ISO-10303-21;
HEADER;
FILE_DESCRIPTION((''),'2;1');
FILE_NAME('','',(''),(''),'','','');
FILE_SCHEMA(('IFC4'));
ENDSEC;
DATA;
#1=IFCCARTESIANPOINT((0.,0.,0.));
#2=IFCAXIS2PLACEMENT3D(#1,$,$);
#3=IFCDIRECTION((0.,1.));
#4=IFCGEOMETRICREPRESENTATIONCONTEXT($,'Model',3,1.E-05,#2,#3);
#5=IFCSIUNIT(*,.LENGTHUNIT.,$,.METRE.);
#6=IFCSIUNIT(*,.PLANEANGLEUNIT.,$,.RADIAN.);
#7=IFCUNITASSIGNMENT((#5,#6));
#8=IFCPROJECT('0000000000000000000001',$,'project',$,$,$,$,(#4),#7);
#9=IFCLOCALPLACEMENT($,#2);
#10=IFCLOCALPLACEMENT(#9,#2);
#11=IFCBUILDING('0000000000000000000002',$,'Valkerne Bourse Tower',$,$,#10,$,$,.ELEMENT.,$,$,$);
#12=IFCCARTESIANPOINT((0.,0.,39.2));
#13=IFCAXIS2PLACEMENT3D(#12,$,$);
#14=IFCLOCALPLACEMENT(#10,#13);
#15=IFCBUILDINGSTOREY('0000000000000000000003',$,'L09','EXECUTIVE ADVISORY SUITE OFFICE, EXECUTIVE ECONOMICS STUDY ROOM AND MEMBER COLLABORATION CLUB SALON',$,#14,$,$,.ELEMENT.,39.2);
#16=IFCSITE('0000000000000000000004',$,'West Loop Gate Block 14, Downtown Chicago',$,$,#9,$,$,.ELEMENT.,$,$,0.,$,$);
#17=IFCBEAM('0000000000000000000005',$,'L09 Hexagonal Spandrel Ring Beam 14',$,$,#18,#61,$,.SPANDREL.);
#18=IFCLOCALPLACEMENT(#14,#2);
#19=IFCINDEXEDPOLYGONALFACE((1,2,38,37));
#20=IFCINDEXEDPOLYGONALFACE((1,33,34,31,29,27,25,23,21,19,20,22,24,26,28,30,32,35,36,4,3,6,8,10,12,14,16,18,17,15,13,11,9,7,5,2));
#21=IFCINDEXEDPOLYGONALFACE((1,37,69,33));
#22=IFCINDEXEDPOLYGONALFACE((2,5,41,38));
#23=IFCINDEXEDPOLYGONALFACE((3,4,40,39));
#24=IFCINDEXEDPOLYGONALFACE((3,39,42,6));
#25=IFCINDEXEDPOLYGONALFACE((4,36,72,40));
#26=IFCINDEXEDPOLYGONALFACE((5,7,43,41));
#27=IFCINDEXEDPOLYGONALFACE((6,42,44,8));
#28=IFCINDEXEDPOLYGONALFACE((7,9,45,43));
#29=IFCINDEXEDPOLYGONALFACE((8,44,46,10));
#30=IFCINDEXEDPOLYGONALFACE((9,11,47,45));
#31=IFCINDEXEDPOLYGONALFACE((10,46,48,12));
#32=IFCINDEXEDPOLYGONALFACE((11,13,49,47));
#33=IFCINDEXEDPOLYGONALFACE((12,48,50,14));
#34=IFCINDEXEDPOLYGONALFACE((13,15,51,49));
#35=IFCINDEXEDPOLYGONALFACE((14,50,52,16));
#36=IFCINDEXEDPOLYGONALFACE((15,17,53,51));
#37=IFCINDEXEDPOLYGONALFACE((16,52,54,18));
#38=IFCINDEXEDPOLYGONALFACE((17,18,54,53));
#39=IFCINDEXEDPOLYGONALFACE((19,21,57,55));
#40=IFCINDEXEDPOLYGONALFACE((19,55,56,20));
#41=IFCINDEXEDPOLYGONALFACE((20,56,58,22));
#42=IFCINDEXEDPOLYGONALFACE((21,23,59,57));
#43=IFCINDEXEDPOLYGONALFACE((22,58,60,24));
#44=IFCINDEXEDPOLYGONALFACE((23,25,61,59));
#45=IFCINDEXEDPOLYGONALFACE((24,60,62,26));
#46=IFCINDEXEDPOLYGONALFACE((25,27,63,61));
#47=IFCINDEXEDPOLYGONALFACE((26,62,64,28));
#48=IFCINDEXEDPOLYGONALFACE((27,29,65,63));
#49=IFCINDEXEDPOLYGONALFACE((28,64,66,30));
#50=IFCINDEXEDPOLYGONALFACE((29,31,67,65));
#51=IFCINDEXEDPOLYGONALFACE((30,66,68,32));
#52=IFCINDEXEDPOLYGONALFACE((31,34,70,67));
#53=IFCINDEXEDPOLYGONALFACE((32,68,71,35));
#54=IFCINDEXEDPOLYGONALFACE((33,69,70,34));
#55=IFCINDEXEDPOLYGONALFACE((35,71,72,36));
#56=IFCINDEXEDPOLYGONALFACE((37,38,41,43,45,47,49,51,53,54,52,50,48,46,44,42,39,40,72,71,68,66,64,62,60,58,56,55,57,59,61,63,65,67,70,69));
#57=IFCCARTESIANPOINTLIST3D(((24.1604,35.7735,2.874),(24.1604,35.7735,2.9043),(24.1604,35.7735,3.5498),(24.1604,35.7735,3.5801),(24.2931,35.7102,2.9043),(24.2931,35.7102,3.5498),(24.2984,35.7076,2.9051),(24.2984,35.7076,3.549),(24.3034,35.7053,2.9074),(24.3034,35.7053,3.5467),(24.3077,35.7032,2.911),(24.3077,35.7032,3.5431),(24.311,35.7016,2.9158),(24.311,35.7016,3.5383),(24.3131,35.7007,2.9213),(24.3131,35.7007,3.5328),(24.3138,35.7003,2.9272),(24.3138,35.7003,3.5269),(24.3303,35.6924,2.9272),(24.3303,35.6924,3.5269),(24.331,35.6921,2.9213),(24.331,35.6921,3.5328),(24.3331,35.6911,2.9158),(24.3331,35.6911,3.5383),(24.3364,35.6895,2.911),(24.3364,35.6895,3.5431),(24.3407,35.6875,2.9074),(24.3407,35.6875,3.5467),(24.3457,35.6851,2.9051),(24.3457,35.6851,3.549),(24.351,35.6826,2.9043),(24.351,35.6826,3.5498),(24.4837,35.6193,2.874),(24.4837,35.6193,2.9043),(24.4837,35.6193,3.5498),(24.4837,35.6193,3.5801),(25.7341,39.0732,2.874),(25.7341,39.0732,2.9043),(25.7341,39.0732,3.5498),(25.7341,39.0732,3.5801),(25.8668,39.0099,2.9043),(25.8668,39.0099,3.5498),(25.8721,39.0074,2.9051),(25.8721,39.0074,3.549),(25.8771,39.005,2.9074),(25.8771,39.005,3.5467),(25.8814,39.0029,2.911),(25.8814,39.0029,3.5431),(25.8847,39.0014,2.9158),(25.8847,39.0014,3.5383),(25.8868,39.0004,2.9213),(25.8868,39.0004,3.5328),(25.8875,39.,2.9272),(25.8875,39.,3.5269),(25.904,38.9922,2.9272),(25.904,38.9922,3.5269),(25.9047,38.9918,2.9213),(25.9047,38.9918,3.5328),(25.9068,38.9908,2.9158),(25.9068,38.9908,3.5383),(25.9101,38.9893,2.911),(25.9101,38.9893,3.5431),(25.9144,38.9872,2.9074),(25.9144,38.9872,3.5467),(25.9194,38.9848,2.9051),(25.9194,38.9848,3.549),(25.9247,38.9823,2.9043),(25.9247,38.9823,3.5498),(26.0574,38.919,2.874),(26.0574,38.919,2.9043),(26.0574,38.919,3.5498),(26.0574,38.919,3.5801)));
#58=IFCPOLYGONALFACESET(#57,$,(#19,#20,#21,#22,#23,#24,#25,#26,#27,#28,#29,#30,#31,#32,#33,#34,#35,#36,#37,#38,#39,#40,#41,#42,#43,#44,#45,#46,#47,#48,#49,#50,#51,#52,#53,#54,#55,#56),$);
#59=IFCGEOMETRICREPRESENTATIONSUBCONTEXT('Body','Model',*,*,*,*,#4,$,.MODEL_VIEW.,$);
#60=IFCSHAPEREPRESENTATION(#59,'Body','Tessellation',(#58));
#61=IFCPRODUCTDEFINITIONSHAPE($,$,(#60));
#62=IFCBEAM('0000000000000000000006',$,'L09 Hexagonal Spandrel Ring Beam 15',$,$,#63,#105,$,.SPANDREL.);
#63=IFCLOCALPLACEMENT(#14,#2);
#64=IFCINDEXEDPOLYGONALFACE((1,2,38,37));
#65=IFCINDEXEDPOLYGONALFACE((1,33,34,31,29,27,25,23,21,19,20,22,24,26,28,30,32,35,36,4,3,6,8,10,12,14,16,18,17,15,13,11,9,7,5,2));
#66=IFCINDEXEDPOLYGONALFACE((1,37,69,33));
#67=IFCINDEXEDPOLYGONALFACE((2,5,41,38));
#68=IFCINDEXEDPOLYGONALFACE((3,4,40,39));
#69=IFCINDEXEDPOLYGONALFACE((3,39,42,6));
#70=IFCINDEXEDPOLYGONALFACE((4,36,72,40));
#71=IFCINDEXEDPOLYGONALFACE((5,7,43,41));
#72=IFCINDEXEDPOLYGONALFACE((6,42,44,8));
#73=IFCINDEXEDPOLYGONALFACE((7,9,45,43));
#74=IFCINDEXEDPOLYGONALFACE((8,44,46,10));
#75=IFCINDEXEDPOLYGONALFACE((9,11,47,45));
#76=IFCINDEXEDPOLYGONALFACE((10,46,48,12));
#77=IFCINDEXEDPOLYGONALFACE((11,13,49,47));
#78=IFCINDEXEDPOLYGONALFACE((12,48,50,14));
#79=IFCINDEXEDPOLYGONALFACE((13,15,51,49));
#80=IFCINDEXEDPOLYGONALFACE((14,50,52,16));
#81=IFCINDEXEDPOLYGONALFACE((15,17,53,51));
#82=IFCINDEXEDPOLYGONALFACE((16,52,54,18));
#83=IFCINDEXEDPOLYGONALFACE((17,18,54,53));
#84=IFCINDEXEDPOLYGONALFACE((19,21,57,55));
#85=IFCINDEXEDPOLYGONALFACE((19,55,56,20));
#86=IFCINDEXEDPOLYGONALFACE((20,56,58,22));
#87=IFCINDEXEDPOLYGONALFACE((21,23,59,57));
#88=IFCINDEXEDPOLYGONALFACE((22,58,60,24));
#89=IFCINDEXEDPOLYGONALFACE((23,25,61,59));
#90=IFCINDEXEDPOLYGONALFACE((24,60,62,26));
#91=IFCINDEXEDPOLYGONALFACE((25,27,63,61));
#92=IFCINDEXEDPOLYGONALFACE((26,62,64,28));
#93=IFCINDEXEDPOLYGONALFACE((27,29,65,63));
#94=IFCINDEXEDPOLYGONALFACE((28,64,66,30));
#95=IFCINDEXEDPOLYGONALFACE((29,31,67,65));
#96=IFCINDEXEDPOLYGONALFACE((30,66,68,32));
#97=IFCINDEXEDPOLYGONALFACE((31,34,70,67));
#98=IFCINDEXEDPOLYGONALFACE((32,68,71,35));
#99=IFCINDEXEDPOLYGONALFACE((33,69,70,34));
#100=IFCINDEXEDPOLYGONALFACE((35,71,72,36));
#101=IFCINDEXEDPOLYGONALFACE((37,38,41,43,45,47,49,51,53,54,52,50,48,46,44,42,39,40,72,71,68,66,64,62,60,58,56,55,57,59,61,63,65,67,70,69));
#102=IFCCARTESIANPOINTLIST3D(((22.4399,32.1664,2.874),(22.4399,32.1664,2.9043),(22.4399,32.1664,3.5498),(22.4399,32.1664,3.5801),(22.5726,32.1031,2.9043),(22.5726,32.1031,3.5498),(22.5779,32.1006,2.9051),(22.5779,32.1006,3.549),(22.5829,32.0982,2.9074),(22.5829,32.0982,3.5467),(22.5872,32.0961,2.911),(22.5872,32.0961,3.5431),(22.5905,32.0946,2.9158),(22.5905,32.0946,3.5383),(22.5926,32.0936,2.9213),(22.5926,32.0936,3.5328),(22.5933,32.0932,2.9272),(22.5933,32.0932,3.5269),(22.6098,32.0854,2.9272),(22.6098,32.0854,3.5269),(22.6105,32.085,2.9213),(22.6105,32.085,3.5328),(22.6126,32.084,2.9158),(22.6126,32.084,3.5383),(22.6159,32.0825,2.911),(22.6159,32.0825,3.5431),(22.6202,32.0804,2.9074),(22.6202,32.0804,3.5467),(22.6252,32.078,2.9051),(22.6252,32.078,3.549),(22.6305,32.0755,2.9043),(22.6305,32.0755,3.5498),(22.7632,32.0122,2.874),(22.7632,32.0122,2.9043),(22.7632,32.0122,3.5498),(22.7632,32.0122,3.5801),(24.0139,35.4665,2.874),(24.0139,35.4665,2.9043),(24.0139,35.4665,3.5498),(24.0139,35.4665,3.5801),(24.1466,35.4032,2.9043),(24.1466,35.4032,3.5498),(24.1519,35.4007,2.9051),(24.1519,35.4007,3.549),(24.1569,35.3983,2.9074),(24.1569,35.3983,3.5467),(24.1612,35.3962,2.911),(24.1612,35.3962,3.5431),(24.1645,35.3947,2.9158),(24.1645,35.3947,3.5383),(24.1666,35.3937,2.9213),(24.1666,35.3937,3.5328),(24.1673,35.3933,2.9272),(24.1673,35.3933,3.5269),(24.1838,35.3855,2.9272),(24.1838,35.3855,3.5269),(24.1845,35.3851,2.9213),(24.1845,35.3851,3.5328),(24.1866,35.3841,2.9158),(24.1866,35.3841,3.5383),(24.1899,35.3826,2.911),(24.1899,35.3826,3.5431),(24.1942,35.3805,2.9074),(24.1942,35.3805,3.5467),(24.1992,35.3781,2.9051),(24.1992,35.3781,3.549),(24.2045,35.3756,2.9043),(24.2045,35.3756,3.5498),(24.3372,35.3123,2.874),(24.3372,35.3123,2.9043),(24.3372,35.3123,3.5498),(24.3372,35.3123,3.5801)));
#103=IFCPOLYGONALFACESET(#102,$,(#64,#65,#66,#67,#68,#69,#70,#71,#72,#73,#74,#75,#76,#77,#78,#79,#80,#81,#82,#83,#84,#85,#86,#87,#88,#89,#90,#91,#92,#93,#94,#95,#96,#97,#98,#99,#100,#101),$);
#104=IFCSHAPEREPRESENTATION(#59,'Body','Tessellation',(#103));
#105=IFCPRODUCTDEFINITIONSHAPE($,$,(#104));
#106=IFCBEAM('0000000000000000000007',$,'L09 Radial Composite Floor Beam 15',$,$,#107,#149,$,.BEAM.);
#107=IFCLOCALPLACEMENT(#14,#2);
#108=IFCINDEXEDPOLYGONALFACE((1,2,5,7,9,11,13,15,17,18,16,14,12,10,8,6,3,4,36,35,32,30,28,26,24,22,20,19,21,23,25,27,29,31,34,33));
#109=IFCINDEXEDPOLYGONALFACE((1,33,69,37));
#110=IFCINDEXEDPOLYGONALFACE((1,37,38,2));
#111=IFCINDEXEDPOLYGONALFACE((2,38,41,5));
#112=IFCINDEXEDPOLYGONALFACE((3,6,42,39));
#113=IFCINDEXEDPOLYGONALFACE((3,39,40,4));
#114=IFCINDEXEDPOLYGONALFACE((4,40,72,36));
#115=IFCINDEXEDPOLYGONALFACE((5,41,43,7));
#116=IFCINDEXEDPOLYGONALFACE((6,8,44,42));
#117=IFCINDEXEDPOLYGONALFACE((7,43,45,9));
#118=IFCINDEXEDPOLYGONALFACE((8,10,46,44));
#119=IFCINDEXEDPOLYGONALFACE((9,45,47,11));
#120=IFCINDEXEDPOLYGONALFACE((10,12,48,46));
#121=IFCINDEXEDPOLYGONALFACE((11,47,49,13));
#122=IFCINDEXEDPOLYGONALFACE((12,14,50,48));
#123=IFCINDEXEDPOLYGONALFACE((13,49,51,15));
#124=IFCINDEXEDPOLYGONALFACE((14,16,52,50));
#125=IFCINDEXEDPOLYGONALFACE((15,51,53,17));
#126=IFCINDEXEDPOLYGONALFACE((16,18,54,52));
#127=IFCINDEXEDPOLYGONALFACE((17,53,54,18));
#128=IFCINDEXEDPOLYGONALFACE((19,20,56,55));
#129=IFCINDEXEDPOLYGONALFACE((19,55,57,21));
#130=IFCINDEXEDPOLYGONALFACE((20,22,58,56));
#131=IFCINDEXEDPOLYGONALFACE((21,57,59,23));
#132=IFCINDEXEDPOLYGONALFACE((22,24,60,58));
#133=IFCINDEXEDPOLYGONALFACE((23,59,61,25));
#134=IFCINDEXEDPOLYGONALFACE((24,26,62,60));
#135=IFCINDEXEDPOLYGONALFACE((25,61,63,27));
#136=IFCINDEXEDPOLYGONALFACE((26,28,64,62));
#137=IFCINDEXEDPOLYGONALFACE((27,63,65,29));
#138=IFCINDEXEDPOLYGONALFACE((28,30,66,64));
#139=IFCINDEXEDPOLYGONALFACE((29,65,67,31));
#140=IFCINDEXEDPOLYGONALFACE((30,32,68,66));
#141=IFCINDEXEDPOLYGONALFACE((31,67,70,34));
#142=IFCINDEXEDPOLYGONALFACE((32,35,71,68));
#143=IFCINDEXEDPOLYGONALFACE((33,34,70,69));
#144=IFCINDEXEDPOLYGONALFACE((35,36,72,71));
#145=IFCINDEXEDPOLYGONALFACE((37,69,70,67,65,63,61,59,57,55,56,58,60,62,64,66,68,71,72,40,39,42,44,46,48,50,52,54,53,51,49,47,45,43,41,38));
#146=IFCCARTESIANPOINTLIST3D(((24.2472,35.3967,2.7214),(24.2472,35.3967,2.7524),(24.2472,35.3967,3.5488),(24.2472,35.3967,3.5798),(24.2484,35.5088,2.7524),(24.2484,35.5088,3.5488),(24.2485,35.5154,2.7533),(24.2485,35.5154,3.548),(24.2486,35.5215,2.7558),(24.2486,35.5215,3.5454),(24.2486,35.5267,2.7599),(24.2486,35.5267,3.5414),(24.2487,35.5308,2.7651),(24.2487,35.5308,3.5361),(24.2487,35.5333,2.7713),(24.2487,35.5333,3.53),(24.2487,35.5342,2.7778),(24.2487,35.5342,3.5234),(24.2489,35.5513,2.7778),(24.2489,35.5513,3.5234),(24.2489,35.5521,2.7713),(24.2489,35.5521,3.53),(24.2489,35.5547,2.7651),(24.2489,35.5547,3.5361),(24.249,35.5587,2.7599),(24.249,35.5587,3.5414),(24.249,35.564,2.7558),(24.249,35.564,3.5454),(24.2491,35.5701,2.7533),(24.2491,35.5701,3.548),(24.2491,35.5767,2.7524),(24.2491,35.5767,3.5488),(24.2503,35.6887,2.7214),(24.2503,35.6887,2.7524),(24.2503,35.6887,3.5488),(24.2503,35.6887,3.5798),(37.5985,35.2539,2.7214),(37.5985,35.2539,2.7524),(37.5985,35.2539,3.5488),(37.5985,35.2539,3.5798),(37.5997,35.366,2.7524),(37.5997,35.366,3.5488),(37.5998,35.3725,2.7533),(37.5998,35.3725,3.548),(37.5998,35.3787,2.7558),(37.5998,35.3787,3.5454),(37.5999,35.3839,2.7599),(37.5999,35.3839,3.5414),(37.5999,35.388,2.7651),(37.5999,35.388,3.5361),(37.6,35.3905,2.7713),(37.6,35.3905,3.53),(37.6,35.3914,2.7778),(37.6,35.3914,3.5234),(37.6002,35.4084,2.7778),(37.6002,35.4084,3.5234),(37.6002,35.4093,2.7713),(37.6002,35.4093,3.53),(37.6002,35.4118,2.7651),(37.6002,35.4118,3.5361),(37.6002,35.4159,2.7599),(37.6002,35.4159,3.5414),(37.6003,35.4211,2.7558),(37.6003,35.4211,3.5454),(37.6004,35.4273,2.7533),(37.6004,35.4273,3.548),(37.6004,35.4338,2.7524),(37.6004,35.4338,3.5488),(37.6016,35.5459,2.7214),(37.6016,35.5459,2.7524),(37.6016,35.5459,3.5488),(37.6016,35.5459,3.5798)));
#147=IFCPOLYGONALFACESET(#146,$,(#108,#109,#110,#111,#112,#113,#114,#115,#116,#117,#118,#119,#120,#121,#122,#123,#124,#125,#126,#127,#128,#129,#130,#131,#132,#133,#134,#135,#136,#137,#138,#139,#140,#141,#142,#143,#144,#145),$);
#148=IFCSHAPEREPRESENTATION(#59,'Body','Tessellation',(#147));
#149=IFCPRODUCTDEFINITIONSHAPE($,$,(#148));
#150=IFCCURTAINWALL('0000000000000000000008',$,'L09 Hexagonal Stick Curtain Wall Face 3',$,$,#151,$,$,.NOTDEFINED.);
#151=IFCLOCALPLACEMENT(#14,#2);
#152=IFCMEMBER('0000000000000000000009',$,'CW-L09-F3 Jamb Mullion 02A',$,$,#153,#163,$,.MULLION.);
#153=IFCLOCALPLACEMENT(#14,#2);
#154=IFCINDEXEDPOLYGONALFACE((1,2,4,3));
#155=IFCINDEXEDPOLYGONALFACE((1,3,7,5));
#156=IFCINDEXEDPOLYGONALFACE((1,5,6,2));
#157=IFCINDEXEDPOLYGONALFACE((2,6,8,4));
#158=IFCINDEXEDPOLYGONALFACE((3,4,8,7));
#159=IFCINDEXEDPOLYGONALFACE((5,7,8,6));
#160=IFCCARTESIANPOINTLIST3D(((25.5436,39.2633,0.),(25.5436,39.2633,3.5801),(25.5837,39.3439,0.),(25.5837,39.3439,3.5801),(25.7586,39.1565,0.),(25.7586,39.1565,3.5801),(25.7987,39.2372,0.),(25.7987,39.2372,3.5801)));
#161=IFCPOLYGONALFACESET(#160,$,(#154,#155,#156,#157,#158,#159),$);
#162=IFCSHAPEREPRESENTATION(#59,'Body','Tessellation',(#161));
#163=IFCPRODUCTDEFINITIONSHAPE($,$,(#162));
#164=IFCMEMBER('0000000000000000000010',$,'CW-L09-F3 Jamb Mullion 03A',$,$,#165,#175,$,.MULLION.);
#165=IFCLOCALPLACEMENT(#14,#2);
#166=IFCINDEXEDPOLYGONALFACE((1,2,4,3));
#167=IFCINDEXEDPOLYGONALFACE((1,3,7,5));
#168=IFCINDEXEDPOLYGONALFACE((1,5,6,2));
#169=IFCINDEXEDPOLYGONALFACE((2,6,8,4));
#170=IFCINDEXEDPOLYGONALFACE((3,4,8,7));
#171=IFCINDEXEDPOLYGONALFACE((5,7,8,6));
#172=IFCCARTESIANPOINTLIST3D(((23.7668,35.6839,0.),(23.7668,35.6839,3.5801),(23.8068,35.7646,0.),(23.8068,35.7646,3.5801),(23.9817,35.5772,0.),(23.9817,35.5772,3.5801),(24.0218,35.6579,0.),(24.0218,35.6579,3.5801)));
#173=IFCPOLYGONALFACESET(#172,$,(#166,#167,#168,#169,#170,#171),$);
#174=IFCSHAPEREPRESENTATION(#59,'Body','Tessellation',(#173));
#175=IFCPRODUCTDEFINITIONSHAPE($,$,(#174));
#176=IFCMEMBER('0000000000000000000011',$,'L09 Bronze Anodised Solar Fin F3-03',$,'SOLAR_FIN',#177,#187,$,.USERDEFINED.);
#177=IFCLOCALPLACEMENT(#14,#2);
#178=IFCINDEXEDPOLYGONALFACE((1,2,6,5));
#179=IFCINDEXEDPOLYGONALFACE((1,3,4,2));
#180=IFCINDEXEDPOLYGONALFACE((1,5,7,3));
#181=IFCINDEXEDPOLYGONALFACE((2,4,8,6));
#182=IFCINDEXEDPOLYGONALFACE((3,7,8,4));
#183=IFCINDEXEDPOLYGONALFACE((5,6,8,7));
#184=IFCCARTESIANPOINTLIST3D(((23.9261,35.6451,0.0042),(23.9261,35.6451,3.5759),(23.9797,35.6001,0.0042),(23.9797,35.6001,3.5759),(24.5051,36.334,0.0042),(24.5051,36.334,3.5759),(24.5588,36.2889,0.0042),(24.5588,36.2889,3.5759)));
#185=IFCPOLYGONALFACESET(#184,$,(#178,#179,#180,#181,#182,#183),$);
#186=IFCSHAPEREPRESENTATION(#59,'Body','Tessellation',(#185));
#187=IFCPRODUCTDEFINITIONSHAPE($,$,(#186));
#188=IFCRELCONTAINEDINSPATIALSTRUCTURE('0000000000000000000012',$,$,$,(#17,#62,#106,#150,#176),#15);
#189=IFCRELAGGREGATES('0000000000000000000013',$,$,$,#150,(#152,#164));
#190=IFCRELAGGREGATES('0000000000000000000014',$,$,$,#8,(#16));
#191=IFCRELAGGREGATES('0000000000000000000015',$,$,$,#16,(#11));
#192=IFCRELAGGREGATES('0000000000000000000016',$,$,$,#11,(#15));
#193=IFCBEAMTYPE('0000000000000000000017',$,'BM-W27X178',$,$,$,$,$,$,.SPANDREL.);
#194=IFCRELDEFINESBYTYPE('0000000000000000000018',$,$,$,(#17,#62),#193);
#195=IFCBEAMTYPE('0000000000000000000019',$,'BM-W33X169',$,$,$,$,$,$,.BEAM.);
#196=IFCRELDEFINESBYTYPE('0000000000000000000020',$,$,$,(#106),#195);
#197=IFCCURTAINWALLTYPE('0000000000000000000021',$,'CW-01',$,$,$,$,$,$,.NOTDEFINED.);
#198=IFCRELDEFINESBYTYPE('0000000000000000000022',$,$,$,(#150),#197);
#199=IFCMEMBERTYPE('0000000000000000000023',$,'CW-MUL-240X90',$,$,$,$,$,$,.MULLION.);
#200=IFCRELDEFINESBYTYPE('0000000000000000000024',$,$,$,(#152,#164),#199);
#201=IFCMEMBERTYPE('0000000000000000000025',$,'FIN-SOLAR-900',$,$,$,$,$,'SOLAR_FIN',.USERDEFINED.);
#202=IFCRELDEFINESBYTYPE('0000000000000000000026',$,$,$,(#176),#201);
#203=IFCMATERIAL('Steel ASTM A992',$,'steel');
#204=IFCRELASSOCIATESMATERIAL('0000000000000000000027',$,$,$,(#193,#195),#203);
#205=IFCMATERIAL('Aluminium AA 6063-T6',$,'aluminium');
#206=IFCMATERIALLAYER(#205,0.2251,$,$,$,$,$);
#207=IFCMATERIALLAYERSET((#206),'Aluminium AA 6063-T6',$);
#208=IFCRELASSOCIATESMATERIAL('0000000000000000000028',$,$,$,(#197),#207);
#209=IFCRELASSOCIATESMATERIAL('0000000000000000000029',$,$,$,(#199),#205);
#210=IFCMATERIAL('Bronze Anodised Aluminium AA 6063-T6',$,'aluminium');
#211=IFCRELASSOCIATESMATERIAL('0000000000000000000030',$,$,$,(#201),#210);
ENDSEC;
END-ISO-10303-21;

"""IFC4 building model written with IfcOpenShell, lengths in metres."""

from ifc_helpers import new_model, si_unit, direction, frame, origin, origin_2d, place, context, subcontext, project, spatial, rectangle, i_section, extrude, material, layer, layer_set, material_profile, profile_set, type_object, element, aggregate, save


model = new_model("IFC4")

# Units and contexts
model_context = context("Model", 3, precision=1e-05, world=origin(), true_north=direction((0.0, 1.0)))
body_context = subcontext(model_context, "Body", "Model", "MODEL_VIEW")
ifc_project = project(units=[si_unit("LENGTHUNIT", "METRE"), si_unit("PLANEANGLEUNIT", "RADIAN")], contexts=[model_context])

# Site, building, storey
site_placement = place(None, origin())
site = spatial("IfcSite", under=ifc_project, at=site_placement, Name="West Loop Gate Block 14, Downtown Chicago", CompositionType="ELEMENT", RefElevation=0.0)
building_placement = place(site_placement, origin())
building = spatial("IfcBuilding", under=site, at=building_placement, Name="Valkerne Bourse Tower", CompositionType="ELEMENT")
storey_placement = place(building_placement, frame((0.0, 0.0, 39.2)))
storey = spatial("IfcBuildingStorey", under=building, at=storey_placement, Name="L09", Description="EXECUTIVE ADVISORY SUITE OFFICE, EXECUTIVE ECONOMICS STUDY ROOM AND MEMBER COLLABORATION CLUB SALON", CompositionType="ELEMENT", Elevation=39.2)

# Beams
ifc_material_1 = material(Name="Steel ASTM A992", Category="steel")
ifc_material_profile_1 = material_profile(ifc_material_1, i_section(OverallWidth=0.3582, OverallDepth=0.7061, WebThickness=0.0183, FlangeThickness=0.0303, FilletRadius=0.0229, at=origin_2d()), Name="W27X178")
ifc_profile_set_1 = profile_set([ifc_material_profile_1], Name="Steel ASTM A992")
beam_type_1 = type_object("IfcBeamType", Name="BM-W27X178", PredefinedType="SPANDREL", material=ifc_profile_set_1)
beam_1_placement = place(storey_placement, frame((25.8958, 38.9961, 3.2271), z_axis=(-0.430468, -0.902606, 0.0), x_axis=(0.902606, -0.430468, 0.0)))
element("IfcBeam", 1, at=beam_1_placement, inside=storey, type_object=beam_type_1, Name="L09 Hexagonal Spandrel Ring Beam 14", PredefinedType="SPANDREL", context=body_context, shape_type="SweptSolid", body=[
    extrude(i_section(OverallWidth=0.3582, OverallDepth=0.7061, WebThickness=0.0183, FlangeThickness=0.0303, FilletRadius=0.0229, at=origin_2d()), origin(), (0.0, 0.0, 1.0), 3.6558),
])
beam_2_placement = place(storey_placement, frame((24.1755, 35.3894, 3.2271), z_axis=(-0.430496, -0.902593, 0.0), x_axis=(0.902593, -0.430496, 0.0)))
element("IfcBeam", 2, at=beam_2_placement, inside=storey, type_object=beam_type_1, Name="L09 Hexagonal Spandrel Ring Beam 15", PredefinedType="SPANDREL", context=body_context, shape_type="SweptSolid", body=[
    extrude(i_section(OverallWidth=0.3582, OverallDepth=0.7061, WebThickness=0.0183, FlangeThickness=0.0303, FilletRadius=0.0229, at=origin_2d()), origin(), (0.0, 0.0, 1.0), 3.6562),
])
ifc_material_profile_2 = material_profile(ifc_material_1, i_section(OverallWidth=0.292, OverallDepth=0.8584, WebThickness=0.0171, FlangeThickness=0.031, FilletRadius=0.0254, at=origin_2d()), Name="W33X169")
ifc_profile_set_2 = profile_set([ifc_material_profile_2], Name="Steel ASTM A992")
beam_type_2 = type_object("IfcBeamType", Name="BM-W33X169", PredefinedType="BEAM", material=ifc_profile_set_2)
beam_3_placement = place(storey_placement, frame((24.2488, 35.5427, 3.1506), z_axis=(0.999943, -0.010697, 0.0), x_axis=(0.010697, 0.999943, 0.0)))
element("IfcBeam", 3, at=beam_3_placement, inside=storey, type_object=beam_type_2, Name="L09 Radial Composite Floor Beam 15", PredefinedType="BEAM", context=body_context, shape_type="SweptSolid", body=[
    extrude(i_section(OverallWidth=0.292, OverallDepth=0.8584, WebThickness=0.0171, FlangeThickness=0.031, FilletRadius=0.0254, at=origin_2d()), origin(), (0.0, 0.0, 1.0), 13.3521),
])

# Curtain wall, members
ifc_material_2 = material(Name="Aluminium AA 6063-T6", Category="aluminium")
ifc_layer_1 = layer(ifc_material_2, 0.2251)
ifc_layer_set_1 = layer_set([ifc_layer_1], Name="Aluminium AA 6063-T6")
curtain_wall_type = type_object("IfcCurtainWallType", Name="CW-01", PredefinedType="NOTDEFINED", material=ifc_layer_set_1)
curtain_wall_placement = place(storey_placement, origin())
curtain_wall = element("IfcCurtainWall", 4, at=curtain_wall_placement, inside=storey, type_object=curtain_wall_type, Name="L09 Hexagonal Stick Curtain Wall Face 3", PredefinedType="NOTDEFINED")
ifc_material_profile_3 = material_profile(ifc_material_2, rectangle(XDim=0.0901, YDim=0.24, at=origin_2d()), Name="CWM-90X240")
ifc_profile_set_3 = profile_set([ifc_material_profile_3], Name="Aluminium AA 6063-T6")
member_type_1 = type_object("IfcMemberType", Name="CW-MUL-240X90", PredefinedType="MULLION", material=ifc_profile_set_3)
member_1_placement = place(storey_placement, frame((25.6711, 39.2502, 0.0), z_axis=(0.0, 0.0, 1.0), x_axis=(-0.444639, -0.89571, 0.0)))
member_1 = element("IfcMember", 5, at=member_1_placement, type_object=member_type_1, Name="CW-L09-F3 Jamb Mullion 02A", PredefinedType="MULLION", context=body_context, shape_type="SweptSolid", body=[
    extrude(rectangle(XDim=0.0901, YDim=0.24, at=origin_2d()), origin(), (0.0, 0.0, 1.0), 3.5801),
])
member_2_placement = place(storey_placement, frame((23.8943, 35.6709, 0.0), z_axis=(0.0, 0.0, 1.0), x_axis=(-0.444649, -0.895705, 0.0)))
member_2 = element("IfcMember", 6, at=member_2_placement, type_object=member_type_1, Name="CW-L09-F3 Jamb Mullion 03A", PredefinedType="MULLION", context=body_context, shape_type="SweptSolid", body=[
    extrude(rectangle(XDim=0.0901, YDim=0.24, at=origin_2d()), origin(), (0.0, 0.0, 1.0), 3.5801),
])

# Member
ifc_material_3 = material(Name="Bronze Anodised Aluminium AA 6063-T6", Category="aluminium")
ifc_material_profile_4 = material_profile(ifc_material_3, rectangle(XDim=0.0701, YDim=0.8999, at=origin_2d()), Name="FIN-70X900")
ifc_profile_set_4 = profile_set([ifc_material_profile_4], Name="Bronze Anodised Aluminium AA 6063-T6")
member_type_2 = type_object("IfcMemberType", Name="FIN-SOLAR-900", ElementType="SOLAR_FIN", PredefinedType="USERDEFINED", material=ifc_profile_set_4)
member_3_placement = place(storey_placement, frame((24.2424, 35.967, 0.0042), z_axis=(0.0, 0.0, 1.0), x_axis=(-0.765511, 0.643423, 0.0)))
element("IfcMember", 7, at=member_3_placement, inside=storey, type_object=member_type_2, Name="L09 Bronze Anodised Solar Fin F3-03", ObjectType="SOLAR_FIN", PredefinedType="USERDEFINED", context=body_context, shape_type="SweptSolid", body=[
    extrude(rectangle(XDim=0.0701, YDim=0.8999, at=origin_2d()), origin(), (0.0, 0.0, 1.0), 3.5718),
])

aggregate(curtain_wall, [member_1, member_2])

save(model, "model.ifc")
